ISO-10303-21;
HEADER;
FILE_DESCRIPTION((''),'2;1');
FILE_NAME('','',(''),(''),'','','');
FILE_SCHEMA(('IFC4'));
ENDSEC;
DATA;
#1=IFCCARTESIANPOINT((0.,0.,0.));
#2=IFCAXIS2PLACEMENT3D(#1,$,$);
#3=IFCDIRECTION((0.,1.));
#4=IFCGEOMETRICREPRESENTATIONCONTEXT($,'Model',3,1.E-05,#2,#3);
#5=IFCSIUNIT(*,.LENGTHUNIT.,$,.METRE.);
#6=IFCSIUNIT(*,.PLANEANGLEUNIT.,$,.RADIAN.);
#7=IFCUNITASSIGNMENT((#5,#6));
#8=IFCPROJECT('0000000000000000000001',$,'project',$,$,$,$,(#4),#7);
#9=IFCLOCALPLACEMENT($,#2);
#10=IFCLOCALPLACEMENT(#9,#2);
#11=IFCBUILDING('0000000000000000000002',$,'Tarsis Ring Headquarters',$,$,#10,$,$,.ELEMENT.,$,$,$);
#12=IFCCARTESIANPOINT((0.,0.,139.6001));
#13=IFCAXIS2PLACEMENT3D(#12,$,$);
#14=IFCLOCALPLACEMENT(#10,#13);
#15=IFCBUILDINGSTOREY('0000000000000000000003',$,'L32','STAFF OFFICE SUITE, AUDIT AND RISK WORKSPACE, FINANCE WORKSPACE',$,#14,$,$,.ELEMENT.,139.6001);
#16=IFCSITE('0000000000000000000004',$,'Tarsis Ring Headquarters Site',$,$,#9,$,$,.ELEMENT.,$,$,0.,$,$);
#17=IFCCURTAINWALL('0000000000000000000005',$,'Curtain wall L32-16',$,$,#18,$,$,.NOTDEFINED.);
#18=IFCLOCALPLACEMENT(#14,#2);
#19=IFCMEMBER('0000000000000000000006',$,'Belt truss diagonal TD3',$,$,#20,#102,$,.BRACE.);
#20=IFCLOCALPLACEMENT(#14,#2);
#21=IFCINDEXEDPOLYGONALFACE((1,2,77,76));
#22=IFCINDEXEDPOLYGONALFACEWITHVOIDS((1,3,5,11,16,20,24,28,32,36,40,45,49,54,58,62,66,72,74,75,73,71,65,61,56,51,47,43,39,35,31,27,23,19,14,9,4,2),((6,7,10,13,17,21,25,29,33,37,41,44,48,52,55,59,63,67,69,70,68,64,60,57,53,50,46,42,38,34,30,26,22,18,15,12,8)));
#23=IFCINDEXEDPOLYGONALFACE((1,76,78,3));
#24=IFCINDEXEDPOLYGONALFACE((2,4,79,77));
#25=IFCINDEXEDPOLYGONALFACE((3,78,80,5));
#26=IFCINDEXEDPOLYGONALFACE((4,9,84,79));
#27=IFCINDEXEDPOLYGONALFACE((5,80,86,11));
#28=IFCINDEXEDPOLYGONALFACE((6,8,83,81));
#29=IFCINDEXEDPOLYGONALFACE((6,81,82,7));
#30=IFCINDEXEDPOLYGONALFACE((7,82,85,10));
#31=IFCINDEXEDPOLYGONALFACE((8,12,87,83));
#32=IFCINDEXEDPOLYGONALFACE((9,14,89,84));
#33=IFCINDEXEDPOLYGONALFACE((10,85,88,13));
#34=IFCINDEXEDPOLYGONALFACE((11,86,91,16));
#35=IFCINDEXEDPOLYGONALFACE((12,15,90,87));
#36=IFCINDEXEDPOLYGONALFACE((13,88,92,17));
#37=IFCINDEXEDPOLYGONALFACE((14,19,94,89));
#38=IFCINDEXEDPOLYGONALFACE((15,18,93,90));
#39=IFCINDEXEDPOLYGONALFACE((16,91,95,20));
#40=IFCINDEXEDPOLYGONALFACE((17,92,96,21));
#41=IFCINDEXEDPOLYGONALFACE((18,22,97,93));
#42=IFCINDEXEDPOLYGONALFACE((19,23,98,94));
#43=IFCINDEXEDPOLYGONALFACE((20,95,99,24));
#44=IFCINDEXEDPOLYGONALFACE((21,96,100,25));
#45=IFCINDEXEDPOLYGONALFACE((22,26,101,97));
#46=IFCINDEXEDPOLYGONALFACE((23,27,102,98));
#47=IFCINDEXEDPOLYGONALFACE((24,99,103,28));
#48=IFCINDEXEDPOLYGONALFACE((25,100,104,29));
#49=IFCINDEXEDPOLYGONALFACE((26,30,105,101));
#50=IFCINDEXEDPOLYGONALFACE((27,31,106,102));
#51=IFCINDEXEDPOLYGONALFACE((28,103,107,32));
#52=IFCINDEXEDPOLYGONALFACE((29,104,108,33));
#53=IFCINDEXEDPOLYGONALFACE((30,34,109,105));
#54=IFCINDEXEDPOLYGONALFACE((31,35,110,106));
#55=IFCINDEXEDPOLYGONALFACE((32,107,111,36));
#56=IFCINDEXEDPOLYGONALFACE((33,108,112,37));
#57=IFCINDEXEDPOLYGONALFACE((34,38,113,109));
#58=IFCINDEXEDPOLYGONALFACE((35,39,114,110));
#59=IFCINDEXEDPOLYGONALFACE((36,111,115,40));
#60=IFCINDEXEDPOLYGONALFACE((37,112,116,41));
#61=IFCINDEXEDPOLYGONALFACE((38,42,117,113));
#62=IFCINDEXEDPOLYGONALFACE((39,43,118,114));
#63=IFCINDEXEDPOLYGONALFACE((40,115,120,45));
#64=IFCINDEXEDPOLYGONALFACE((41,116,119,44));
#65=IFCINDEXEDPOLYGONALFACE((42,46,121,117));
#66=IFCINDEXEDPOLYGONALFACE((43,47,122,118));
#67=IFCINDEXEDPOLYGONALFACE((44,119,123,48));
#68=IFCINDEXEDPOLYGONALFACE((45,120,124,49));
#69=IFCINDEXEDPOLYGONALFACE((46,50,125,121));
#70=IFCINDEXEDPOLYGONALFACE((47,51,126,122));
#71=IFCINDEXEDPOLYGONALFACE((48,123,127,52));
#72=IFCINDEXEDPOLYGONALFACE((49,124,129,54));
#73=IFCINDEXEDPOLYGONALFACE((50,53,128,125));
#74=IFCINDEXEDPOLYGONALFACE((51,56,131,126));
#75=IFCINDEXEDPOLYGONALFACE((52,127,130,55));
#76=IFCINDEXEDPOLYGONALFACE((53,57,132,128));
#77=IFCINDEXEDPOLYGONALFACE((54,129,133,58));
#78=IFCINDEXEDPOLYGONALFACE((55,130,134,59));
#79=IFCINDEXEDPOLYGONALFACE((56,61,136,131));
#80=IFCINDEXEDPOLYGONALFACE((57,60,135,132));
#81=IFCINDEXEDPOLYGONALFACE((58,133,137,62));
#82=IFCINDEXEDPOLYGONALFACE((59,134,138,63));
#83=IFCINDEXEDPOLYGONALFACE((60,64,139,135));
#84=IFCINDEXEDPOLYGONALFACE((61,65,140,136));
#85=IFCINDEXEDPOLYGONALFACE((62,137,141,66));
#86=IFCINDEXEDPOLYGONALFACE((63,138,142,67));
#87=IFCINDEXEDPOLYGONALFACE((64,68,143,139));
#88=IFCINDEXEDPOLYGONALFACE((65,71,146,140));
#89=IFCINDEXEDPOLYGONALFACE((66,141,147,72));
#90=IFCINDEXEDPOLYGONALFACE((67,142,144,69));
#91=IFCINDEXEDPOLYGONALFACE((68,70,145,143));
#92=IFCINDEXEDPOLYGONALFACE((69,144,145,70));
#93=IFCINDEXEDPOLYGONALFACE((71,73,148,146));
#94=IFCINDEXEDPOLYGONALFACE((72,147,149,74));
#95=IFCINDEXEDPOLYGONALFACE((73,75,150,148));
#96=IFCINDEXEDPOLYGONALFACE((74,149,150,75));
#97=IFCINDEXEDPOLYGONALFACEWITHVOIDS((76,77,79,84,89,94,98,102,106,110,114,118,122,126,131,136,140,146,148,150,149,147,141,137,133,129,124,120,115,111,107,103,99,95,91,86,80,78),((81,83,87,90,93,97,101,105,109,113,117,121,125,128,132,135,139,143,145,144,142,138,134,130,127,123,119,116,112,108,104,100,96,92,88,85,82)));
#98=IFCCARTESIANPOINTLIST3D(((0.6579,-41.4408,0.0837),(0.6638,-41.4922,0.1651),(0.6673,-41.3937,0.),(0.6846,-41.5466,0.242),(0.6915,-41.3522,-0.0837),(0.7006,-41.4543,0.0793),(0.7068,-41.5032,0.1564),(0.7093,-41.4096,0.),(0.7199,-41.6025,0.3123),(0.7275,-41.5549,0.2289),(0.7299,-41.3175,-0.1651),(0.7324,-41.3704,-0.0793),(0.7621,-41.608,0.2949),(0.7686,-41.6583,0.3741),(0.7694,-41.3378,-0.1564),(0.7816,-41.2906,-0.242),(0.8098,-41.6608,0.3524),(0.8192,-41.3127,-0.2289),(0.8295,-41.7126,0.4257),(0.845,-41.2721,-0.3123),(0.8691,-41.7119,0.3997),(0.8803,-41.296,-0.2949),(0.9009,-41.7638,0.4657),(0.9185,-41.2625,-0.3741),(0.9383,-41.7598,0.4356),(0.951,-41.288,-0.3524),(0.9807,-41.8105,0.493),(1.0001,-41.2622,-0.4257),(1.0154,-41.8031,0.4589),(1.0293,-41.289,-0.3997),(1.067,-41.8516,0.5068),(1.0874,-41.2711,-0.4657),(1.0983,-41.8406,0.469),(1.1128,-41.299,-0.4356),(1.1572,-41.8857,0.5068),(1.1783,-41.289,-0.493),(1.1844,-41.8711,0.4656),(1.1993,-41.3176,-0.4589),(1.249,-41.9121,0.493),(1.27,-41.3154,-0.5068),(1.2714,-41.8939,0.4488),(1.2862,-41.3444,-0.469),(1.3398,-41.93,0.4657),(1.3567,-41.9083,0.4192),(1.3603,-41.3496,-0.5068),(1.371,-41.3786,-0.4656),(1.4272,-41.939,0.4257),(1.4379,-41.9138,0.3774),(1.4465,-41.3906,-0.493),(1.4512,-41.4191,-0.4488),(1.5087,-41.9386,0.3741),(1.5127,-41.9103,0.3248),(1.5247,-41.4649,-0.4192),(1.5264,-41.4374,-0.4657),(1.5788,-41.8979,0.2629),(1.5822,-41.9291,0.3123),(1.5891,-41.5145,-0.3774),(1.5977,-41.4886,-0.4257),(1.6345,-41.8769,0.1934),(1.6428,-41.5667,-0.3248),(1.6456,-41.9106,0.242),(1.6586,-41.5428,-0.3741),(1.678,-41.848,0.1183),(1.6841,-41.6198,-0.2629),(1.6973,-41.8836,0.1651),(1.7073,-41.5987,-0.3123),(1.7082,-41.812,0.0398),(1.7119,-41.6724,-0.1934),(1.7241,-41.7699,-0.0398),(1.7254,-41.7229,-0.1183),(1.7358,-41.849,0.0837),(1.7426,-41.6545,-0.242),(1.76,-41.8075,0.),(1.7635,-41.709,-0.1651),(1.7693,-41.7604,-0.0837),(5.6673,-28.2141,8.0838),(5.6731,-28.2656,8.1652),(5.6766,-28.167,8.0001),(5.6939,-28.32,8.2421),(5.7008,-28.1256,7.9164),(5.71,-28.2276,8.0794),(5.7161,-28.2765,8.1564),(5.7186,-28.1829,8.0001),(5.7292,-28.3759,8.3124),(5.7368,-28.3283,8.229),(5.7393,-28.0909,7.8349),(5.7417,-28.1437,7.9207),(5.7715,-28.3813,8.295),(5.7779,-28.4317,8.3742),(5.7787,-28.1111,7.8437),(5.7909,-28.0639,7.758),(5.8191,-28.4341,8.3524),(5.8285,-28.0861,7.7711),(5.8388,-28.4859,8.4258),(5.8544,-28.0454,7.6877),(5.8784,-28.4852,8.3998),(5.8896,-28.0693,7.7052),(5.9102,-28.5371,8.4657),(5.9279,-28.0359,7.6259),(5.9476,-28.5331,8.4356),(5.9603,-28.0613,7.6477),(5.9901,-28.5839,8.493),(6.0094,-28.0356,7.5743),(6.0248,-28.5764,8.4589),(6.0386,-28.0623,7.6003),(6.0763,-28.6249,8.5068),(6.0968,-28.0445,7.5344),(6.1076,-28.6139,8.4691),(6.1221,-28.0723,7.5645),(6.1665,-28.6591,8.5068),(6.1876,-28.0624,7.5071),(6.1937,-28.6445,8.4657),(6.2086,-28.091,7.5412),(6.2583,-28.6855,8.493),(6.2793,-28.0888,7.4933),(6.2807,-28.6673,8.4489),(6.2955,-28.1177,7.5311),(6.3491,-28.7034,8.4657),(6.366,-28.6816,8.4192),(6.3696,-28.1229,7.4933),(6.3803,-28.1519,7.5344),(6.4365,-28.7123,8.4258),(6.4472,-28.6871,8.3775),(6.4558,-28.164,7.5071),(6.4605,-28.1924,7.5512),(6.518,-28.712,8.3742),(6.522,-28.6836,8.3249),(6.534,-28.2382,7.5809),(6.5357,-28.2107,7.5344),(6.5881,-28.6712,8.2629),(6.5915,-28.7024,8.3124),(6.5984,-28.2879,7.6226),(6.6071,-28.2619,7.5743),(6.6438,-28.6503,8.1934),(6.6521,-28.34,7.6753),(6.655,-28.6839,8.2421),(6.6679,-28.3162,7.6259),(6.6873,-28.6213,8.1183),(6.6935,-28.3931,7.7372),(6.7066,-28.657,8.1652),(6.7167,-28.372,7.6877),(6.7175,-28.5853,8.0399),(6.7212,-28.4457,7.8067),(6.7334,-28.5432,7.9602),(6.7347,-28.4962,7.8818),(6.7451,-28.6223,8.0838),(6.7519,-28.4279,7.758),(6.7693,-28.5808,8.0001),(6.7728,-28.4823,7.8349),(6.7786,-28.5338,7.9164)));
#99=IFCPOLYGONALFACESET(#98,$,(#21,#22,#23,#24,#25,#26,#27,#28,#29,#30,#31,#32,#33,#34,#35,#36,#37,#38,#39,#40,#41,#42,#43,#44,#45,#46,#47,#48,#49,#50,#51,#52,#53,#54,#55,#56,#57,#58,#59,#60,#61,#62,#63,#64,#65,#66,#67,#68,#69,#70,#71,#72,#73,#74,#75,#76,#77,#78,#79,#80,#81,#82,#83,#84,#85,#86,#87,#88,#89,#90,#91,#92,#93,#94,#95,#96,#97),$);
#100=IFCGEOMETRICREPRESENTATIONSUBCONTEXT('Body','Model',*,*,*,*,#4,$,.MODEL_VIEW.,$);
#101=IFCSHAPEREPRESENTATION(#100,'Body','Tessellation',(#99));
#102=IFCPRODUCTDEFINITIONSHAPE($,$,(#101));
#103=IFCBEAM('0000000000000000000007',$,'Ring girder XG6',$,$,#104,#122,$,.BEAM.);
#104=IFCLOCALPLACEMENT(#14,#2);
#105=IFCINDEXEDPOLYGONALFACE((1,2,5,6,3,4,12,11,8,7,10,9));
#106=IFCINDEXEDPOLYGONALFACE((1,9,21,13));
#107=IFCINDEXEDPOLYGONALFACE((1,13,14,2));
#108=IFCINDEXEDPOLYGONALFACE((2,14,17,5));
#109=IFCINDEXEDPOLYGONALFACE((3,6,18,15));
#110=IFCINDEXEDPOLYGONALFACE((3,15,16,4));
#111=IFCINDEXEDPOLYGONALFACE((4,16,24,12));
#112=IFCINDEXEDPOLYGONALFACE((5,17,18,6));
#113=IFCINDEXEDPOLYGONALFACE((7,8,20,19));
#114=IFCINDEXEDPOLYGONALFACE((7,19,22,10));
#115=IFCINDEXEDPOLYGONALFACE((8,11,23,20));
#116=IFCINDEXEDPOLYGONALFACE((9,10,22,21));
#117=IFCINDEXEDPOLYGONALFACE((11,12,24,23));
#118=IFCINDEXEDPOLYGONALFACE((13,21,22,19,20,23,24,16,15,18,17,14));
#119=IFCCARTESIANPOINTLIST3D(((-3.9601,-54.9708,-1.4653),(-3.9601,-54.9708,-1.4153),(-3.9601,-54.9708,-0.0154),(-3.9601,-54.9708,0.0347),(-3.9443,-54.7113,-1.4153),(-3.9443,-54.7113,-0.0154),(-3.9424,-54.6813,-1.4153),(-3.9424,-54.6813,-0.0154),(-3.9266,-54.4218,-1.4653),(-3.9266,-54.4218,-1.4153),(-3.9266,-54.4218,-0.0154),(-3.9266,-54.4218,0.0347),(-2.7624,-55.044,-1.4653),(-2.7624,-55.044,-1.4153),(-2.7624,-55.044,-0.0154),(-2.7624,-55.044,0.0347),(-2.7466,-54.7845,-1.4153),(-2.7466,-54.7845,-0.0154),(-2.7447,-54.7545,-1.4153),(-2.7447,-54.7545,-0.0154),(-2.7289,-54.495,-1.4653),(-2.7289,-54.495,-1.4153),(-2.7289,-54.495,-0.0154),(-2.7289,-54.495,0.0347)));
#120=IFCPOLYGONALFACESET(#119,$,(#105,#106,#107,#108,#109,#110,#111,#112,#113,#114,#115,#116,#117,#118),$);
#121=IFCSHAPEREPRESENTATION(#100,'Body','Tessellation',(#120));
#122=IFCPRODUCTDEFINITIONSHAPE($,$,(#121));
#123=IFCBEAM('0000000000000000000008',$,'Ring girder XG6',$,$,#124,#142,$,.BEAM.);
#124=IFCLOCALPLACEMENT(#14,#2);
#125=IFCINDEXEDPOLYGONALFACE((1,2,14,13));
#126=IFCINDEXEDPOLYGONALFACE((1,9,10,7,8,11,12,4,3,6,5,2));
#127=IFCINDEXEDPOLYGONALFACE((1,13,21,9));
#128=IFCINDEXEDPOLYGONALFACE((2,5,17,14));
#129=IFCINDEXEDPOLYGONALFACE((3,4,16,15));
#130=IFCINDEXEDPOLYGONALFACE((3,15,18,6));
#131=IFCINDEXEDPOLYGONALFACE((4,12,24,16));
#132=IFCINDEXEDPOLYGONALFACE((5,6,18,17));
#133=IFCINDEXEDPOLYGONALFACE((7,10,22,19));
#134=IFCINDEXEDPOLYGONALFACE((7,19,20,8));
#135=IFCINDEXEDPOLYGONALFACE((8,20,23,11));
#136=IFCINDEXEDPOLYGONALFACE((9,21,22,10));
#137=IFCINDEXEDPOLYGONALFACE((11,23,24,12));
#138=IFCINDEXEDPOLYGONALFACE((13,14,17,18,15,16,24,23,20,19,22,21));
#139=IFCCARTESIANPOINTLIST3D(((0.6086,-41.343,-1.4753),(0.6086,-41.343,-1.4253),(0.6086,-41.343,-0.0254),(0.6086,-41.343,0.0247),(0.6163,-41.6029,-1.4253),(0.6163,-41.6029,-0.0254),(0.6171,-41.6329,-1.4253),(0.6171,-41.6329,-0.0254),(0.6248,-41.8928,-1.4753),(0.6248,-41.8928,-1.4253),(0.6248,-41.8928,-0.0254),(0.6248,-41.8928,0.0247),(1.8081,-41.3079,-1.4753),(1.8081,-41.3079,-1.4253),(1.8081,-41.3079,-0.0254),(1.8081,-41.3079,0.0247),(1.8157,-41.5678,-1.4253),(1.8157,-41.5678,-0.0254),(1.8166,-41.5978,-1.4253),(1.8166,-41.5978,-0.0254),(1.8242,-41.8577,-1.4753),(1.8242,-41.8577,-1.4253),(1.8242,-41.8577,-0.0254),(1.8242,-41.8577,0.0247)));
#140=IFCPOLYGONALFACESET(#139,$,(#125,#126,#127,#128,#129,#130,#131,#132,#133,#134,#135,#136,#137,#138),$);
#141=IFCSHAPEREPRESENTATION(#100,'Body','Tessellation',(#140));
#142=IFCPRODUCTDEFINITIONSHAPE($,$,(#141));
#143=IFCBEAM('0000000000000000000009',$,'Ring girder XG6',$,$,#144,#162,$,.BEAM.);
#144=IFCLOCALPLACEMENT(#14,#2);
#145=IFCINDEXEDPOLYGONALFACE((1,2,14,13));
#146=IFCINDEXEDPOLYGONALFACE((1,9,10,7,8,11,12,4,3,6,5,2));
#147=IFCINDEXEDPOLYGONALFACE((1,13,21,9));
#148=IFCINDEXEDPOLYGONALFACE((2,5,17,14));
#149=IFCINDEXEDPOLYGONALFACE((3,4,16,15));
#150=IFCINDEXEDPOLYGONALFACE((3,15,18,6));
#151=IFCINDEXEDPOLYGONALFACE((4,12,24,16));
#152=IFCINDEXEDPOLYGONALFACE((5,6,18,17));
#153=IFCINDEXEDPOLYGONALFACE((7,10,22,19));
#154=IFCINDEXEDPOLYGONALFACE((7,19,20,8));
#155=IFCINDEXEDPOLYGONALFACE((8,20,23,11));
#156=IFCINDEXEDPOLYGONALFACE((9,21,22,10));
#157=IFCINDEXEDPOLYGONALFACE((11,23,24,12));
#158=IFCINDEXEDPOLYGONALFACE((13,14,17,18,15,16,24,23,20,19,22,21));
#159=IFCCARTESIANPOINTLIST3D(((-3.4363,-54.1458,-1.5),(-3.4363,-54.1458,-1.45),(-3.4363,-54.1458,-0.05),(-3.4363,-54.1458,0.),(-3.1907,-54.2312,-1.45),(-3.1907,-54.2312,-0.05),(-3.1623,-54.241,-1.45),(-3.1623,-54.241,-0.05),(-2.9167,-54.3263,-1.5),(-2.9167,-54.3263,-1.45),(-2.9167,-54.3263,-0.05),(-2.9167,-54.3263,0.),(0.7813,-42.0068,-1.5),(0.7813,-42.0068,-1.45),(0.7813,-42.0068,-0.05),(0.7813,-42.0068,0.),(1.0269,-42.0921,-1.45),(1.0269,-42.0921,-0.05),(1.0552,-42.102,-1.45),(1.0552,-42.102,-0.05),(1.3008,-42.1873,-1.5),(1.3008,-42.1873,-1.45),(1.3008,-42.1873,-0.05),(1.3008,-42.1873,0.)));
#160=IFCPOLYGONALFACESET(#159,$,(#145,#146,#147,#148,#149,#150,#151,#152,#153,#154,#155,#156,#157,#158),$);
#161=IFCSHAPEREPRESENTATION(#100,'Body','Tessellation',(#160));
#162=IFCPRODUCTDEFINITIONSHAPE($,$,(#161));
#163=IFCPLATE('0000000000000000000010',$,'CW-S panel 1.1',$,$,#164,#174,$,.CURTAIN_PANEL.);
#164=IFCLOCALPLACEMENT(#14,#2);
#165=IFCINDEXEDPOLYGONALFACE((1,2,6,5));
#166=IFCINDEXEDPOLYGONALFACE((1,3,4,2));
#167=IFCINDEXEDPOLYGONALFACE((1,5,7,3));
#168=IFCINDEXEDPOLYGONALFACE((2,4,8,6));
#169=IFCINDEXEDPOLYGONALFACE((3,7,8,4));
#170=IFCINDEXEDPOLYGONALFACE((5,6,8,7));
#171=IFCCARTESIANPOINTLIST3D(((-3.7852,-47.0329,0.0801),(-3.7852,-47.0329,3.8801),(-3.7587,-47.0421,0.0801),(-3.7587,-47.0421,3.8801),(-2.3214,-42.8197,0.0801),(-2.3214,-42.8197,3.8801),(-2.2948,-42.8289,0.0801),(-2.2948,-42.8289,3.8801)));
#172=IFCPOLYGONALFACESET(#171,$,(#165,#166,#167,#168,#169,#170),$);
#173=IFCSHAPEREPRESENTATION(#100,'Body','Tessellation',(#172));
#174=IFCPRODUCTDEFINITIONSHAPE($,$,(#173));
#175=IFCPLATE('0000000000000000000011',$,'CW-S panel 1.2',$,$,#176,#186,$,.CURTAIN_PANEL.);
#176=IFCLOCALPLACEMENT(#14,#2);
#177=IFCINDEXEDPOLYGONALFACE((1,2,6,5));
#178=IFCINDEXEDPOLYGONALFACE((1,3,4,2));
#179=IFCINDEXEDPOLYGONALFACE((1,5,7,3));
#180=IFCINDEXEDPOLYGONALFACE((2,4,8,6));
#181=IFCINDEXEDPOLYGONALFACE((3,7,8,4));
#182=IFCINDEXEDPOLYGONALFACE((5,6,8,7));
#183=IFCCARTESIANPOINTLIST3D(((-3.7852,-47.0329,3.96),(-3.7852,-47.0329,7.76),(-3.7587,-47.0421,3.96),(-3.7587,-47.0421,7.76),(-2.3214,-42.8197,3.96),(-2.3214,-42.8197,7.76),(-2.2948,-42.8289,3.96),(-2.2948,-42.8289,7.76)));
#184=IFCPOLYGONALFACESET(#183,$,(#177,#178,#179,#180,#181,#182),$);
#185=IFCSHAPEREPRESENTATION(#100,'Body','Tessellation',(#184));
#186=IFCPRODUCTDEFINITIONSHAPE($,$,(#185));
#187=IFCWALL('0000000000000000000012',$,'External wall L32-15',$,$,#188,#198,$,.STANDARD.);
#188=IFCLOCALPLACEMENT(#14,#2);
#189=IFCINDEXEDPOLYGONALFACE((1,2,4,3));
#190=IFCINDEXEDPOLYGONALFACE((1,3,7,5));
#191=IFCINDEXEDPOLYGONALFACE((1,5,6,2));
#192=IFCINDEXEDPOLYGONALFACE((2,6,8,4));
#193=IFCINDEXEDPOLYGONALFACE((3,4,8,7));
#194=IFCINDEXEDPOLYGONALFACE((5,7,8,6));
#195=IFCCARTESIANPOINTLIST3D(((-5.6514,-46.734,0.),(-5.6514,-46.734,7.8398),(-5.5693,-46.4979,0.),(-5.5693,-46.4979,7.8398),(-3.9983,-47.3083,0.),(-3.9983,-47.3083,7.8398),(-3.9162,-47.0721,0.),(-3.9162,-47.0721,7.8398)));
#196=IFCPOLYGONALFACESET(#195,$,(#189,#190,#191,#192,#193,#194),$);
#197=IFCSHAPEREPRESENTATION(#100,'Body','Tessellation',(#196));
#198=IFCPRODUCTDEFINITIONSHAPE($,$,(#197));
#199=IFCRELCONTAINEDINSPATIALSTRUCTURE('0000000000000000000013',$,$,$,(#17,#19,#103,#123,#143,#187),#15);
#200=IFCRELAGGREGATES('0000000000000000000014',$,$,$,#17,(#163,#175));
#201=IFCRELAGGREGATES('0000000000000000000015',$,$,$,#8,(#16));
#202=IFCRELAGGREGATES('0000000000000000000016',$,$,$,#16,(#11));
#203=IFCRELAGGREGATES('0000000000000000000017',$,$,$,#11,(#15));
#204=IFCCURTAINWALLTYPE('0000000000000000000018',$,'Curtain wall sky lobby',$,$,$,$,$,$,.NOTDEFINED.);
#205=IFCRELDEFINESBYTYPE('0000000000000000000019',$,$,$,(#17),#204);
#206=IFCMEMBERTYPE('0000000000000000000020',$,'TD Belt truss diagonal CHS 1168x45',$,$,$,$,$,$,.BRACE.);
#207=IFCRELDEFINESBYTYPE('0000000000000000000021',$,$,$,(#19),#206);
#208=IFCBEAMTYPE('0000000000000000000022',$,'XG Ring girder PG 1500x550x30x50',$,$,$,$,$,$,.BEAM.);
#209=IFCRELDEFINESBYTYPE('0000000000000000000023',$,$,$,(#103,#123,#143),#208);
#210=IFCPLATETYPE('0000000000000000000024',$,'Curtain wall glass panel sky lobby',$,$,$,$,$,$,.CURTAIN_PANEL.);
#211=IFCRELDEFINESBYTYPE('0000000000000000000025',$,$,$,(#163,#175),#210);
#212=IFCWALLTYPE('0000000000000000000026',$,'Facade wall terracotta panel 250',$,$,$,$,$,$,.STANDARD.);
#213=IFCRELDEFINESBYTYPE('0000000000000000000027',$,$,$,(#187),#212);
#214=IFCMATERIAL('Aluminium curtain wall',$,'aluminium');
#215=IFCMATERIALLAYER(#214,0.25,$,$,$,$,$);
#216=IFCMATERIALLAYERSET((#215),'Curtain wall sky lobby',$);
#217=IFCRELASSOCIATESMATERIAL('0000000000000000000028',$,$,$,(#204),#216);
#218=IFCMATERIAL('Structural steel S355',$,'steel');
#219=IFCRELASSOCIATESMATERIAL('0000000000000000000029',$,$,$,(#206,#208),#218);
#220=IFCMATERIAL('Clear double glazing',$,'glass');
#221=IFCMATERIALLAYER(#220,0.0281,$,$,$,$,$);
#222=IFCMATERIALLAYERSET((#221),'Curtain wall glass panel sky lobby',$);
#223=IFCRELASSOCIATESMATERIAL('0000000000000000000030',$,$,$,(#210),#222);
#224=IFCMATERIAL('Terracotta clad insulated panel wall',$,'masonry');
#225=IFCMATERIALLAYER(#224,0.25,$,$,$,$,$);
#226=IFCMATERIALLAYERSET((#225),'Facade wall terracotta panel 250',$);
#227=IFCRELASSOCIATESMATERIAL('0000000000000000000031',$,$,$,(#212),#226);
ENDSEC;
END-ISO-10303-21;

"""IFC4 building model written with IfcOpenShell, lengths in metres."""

from ifc_helpers import new_model, si_unit, direction, frame, frame_2d, origin, origin_2d, place, context, subcontext, project, spatial, rectangle, hollow_circle, i_section, extrude, material, layer, layer_set, material_profile, profile_set, type_object, element, aggregate, save


model = new_model("IFC4")

# Units and contexts
model_context = context("Model", 3, precision=1e-05, world=origin(), true_north=direction((0.0, 1.0)))
body_context = subcontext(model_context, "Body", "Model", "MODEL_VIEW")
ifc_project = project(units=[si_unit("LENGTHUNIT", "METRE"), si_unit("PLANEANGLEUNIT", "RADIAN")], contexts=[model_context])

# Site, building, storey
site_placement = place(None, origin())
site = spatial("IfcSite", under=ifc_project, at=site_placement, Name="Tarsis Ring Headquarters Site", CompositionType="ELEMENT", RefElevation=0.0)
building_placement = place(site_placement, origin())
building = spatial("IfcBuilding", under=site, at=building_placement, Name="Tarsis Ring Headquarters", CompositionType="ELEMENT")
storey_placement = place(building_placement, frame((0.0, 0.0, 139.6001)))
storey = spatial("IfcBuildingStorey", under=building, at=storey_placement, Name="L32", Description="STAFF OFFICE SUITE, AUDIT AND RISK WORKSPACE, FINANCE WORKSPACE", CompositionType="ELEMENT", Elevation=139.6001)

# Shared definitions
ifc_material_1 = material(Name="Structural steel S355", Category="steel")
ifc_material_profile_1 = material_profile(ifc_material_1, hollow_circle(Radius=0.5842, WallThickness=0.0449, at=origin_2d()), Name="CHS 1168x45")
ifc_profile_set_1 = profile_set([ifc_material_profile_1], Name="Structural steel S355")

# Curtain wall
ifc_material_2 = material(Name="Aluminium curtain wall", Category="aluminium")
ifc_layer_1 = layer(ifc_material_2, 0.25)
ifc_layer_set_1 = layer_set([ifc_layer_1], Name="Curtain wall sky lobby")
curtain_wall_type = type_object("IfcCurtainWallType", Name="Curtain wall sky lobby", PredefinedType="NOTDEFINED", material=ifc_layer_set_1)
curtain_wall_placement = place(storey_placement, origin())
curtain_wall = element("IfcCurtainWall", 1, at=curtain_wall_placement, inside=storey, type_object=curtain_wall_type, Name="Curtain wall L32-16", PredefinedType="NOTDEFINED")

# Member
member_type_1 = type_object("IfcMemberType", Name="TD Belt truss diagonal CHS 1168x45", PredefinedType="BRACE", material=ifc_profile_set_1)
member_1_placement = place(storey_placement, frame((1.2136, -41.6006, 0.0), z_axis=(0.308279, 0.813985, 0.492334), x_axis=(-0.935178, 0.354179, 0.0)))
element("IfcMember", 2, at=member_1_placement, inside=storey, type_object=member_type_1, Name="Belt truss diagonal TD3", PredefinedType="BRACE", context=body_context, shape_type="SweptSolid", body=[
    extrude(hollow_circle(Radius=0.5842, WallThickness=0.0449, at=origin_2d()), origin(), (0.0, 0.0, 1.0), 16.2493),
])

# Beams
ifc_material_profile_2 = material_profile(ifc_material_1, i_section(OverallWidth=0.55, OverallDepth=1.5, WebThickness=0.03, FlangeThickness=0.05, at=origin_2d()), Name="PG 1500x550x30x50")
ifc_profile_set_2 = profile_set([ifc_material_profile_2], Name="Structural steel S355")
beam_type = type_object("IfcBeamType", Name="XG Ring girder PG 1500x550x30x50", PredefinedType="BEAM", material=ifc_profile_set_2)
for number, where, z_axis, x_axis, name in (
    (3, (-3.9434, -54.6963, -0.7153), (0.998136, -0.061036, 0.0), (0.061036, 0.998136, 0.0), "Ring girder XG6"),
    (4, (0.6167, -41.6179, -0.7253), (0.999571, 0.029297, 0.0), (-0.029297, 0.999571, 0.0), "Ring girder XG6"),
):
    element("IfcBeam", number, at=place(storey_placement, frame(where, z_axis=z_axis, x_axis=x_axis)), inside=storey, type_object=beam_type, Name=name, PredefinedType="BEAM", context=body_context, shape_type="SweptSolid", body=[
        extrude(i_section(OverallWidth=0.55, OverallDepth=1.5, WebThickness=0.03, FlangeThickness=0.05, at=origin_2d()), origin(), (0.0, 0.0, 1.0), 1.2),
    ])
beam_placement = place(storey_placement, frame((-3.1765, -54.2361, -0.75), z_axis=(0.328194, 0.94461, 0.0), x_axis=(-0.94461, 0.328194, 0.0)))
element("IfcBeam", 5, at=beam_placement, inside=storey, type_object=beam_type, Name="Ring girder XG6", PredefinedType="BEAM", context=body_context, shape_type="SweptSolid", body=[
    extrude(i_section(OverallWidth=0.55, OverallDepth=1.5, WebThickness=0.03, FlangeThickness=0.05, at=origin_2d()), origin(), (0.0, 0.0, 1.0), 12.8508),
])

# Plates
ifc_material_3 = material(Name="Clear double glazing", Category="glass")
ifc_layer_2 = layer(ifc_material_3, 0.0281)
ifc_layer_set_2 = layer_set([ifc_layer_2], Name="Curtain wall glass panel sky lobby")
plate_type = type_object("IfcPlateType", Name="Curtain wall glass panel sky lobby", PredefinedType="CURTAIN_PANEL", material=ifc_layer_set_2)
plate_1_placement = place(storey_placement, frame((-3.04, -44.9309, 0.0801), z_axis=(0.0, 0.0, 1.0), x_axis=(0.328207, 0.944606, 0.0)))
plate_1 = element("IfcPlate", 6, at=plate_1_placement, type_object=plate_type, Name="CW-S panel 1.1", PredefinedType="CURTAIN_PANEL", context=body_context, shape_type="SweptSolid", body=[
    extrude(rectangle(XDim=4.4602, YDim=0.0281, at=origin_2d()), origin(), (0.0, 0.0, 1.0), 3.8),
])
plate_2_placement = place(storey_placement, frame((-3.04, -44.9309, 3.96), z_axis=(0.0, 0.0, 1.0), x_axis=(0.328207, 0.944606, 0.0)))
plate_2 = element("IfcPlate", 7, at=plate_2_placement, type_object=plate_type, Name="CW-S panel 1.2", PredefinedType="CURTAIN_PANEL", context=body_context, shape_type="SweptSolid", body=[
    extrude(rectangle(XDim=4.4602, YDim=0.0281, at=origin_2d()), origin(), (0.0, 0.0, 1.0), 3.8),
])
aggregate(curtain_wall, [plate_1, plate_2])

# Wall
ifc_material_4 = material(Name="Terracotta clad insulated panel wall", Category="masonry")
ifc_layer_3 = layer(ifc_material_4, 0.25)
ifc_layer_set_3 = layer_set([ifc_layer_3], Name="Facade wall terracotta panel 250")
wall_type = type_object("IfcWallType", Name="Facade wall terracotta panel 250", PredefinedType="STANDARD", material=ifc_layer_set_3)
wall_placement = place(storey_placement, frame((-5.6104, -46.616, 0.0), z_axis=(0.0, 0.0, 1.0), x_axis=(0.944632, -0.328131, 0.0)))
element("IfcWall", 8, at=wall_placement, inside=storey, type_object=wall_type, Name="External wall L32-15", PredefinedType="STANDARD", context=body_context, shape_type="SweptSolid", body=[
    extrude(rectangle(XDim=1.75, YDim=0.25, at=frame_2d((0.875, 0.0))), origin(), (0.0, 0.0, 1.0), 7.8398),
])

save(model, "model.ifc")
